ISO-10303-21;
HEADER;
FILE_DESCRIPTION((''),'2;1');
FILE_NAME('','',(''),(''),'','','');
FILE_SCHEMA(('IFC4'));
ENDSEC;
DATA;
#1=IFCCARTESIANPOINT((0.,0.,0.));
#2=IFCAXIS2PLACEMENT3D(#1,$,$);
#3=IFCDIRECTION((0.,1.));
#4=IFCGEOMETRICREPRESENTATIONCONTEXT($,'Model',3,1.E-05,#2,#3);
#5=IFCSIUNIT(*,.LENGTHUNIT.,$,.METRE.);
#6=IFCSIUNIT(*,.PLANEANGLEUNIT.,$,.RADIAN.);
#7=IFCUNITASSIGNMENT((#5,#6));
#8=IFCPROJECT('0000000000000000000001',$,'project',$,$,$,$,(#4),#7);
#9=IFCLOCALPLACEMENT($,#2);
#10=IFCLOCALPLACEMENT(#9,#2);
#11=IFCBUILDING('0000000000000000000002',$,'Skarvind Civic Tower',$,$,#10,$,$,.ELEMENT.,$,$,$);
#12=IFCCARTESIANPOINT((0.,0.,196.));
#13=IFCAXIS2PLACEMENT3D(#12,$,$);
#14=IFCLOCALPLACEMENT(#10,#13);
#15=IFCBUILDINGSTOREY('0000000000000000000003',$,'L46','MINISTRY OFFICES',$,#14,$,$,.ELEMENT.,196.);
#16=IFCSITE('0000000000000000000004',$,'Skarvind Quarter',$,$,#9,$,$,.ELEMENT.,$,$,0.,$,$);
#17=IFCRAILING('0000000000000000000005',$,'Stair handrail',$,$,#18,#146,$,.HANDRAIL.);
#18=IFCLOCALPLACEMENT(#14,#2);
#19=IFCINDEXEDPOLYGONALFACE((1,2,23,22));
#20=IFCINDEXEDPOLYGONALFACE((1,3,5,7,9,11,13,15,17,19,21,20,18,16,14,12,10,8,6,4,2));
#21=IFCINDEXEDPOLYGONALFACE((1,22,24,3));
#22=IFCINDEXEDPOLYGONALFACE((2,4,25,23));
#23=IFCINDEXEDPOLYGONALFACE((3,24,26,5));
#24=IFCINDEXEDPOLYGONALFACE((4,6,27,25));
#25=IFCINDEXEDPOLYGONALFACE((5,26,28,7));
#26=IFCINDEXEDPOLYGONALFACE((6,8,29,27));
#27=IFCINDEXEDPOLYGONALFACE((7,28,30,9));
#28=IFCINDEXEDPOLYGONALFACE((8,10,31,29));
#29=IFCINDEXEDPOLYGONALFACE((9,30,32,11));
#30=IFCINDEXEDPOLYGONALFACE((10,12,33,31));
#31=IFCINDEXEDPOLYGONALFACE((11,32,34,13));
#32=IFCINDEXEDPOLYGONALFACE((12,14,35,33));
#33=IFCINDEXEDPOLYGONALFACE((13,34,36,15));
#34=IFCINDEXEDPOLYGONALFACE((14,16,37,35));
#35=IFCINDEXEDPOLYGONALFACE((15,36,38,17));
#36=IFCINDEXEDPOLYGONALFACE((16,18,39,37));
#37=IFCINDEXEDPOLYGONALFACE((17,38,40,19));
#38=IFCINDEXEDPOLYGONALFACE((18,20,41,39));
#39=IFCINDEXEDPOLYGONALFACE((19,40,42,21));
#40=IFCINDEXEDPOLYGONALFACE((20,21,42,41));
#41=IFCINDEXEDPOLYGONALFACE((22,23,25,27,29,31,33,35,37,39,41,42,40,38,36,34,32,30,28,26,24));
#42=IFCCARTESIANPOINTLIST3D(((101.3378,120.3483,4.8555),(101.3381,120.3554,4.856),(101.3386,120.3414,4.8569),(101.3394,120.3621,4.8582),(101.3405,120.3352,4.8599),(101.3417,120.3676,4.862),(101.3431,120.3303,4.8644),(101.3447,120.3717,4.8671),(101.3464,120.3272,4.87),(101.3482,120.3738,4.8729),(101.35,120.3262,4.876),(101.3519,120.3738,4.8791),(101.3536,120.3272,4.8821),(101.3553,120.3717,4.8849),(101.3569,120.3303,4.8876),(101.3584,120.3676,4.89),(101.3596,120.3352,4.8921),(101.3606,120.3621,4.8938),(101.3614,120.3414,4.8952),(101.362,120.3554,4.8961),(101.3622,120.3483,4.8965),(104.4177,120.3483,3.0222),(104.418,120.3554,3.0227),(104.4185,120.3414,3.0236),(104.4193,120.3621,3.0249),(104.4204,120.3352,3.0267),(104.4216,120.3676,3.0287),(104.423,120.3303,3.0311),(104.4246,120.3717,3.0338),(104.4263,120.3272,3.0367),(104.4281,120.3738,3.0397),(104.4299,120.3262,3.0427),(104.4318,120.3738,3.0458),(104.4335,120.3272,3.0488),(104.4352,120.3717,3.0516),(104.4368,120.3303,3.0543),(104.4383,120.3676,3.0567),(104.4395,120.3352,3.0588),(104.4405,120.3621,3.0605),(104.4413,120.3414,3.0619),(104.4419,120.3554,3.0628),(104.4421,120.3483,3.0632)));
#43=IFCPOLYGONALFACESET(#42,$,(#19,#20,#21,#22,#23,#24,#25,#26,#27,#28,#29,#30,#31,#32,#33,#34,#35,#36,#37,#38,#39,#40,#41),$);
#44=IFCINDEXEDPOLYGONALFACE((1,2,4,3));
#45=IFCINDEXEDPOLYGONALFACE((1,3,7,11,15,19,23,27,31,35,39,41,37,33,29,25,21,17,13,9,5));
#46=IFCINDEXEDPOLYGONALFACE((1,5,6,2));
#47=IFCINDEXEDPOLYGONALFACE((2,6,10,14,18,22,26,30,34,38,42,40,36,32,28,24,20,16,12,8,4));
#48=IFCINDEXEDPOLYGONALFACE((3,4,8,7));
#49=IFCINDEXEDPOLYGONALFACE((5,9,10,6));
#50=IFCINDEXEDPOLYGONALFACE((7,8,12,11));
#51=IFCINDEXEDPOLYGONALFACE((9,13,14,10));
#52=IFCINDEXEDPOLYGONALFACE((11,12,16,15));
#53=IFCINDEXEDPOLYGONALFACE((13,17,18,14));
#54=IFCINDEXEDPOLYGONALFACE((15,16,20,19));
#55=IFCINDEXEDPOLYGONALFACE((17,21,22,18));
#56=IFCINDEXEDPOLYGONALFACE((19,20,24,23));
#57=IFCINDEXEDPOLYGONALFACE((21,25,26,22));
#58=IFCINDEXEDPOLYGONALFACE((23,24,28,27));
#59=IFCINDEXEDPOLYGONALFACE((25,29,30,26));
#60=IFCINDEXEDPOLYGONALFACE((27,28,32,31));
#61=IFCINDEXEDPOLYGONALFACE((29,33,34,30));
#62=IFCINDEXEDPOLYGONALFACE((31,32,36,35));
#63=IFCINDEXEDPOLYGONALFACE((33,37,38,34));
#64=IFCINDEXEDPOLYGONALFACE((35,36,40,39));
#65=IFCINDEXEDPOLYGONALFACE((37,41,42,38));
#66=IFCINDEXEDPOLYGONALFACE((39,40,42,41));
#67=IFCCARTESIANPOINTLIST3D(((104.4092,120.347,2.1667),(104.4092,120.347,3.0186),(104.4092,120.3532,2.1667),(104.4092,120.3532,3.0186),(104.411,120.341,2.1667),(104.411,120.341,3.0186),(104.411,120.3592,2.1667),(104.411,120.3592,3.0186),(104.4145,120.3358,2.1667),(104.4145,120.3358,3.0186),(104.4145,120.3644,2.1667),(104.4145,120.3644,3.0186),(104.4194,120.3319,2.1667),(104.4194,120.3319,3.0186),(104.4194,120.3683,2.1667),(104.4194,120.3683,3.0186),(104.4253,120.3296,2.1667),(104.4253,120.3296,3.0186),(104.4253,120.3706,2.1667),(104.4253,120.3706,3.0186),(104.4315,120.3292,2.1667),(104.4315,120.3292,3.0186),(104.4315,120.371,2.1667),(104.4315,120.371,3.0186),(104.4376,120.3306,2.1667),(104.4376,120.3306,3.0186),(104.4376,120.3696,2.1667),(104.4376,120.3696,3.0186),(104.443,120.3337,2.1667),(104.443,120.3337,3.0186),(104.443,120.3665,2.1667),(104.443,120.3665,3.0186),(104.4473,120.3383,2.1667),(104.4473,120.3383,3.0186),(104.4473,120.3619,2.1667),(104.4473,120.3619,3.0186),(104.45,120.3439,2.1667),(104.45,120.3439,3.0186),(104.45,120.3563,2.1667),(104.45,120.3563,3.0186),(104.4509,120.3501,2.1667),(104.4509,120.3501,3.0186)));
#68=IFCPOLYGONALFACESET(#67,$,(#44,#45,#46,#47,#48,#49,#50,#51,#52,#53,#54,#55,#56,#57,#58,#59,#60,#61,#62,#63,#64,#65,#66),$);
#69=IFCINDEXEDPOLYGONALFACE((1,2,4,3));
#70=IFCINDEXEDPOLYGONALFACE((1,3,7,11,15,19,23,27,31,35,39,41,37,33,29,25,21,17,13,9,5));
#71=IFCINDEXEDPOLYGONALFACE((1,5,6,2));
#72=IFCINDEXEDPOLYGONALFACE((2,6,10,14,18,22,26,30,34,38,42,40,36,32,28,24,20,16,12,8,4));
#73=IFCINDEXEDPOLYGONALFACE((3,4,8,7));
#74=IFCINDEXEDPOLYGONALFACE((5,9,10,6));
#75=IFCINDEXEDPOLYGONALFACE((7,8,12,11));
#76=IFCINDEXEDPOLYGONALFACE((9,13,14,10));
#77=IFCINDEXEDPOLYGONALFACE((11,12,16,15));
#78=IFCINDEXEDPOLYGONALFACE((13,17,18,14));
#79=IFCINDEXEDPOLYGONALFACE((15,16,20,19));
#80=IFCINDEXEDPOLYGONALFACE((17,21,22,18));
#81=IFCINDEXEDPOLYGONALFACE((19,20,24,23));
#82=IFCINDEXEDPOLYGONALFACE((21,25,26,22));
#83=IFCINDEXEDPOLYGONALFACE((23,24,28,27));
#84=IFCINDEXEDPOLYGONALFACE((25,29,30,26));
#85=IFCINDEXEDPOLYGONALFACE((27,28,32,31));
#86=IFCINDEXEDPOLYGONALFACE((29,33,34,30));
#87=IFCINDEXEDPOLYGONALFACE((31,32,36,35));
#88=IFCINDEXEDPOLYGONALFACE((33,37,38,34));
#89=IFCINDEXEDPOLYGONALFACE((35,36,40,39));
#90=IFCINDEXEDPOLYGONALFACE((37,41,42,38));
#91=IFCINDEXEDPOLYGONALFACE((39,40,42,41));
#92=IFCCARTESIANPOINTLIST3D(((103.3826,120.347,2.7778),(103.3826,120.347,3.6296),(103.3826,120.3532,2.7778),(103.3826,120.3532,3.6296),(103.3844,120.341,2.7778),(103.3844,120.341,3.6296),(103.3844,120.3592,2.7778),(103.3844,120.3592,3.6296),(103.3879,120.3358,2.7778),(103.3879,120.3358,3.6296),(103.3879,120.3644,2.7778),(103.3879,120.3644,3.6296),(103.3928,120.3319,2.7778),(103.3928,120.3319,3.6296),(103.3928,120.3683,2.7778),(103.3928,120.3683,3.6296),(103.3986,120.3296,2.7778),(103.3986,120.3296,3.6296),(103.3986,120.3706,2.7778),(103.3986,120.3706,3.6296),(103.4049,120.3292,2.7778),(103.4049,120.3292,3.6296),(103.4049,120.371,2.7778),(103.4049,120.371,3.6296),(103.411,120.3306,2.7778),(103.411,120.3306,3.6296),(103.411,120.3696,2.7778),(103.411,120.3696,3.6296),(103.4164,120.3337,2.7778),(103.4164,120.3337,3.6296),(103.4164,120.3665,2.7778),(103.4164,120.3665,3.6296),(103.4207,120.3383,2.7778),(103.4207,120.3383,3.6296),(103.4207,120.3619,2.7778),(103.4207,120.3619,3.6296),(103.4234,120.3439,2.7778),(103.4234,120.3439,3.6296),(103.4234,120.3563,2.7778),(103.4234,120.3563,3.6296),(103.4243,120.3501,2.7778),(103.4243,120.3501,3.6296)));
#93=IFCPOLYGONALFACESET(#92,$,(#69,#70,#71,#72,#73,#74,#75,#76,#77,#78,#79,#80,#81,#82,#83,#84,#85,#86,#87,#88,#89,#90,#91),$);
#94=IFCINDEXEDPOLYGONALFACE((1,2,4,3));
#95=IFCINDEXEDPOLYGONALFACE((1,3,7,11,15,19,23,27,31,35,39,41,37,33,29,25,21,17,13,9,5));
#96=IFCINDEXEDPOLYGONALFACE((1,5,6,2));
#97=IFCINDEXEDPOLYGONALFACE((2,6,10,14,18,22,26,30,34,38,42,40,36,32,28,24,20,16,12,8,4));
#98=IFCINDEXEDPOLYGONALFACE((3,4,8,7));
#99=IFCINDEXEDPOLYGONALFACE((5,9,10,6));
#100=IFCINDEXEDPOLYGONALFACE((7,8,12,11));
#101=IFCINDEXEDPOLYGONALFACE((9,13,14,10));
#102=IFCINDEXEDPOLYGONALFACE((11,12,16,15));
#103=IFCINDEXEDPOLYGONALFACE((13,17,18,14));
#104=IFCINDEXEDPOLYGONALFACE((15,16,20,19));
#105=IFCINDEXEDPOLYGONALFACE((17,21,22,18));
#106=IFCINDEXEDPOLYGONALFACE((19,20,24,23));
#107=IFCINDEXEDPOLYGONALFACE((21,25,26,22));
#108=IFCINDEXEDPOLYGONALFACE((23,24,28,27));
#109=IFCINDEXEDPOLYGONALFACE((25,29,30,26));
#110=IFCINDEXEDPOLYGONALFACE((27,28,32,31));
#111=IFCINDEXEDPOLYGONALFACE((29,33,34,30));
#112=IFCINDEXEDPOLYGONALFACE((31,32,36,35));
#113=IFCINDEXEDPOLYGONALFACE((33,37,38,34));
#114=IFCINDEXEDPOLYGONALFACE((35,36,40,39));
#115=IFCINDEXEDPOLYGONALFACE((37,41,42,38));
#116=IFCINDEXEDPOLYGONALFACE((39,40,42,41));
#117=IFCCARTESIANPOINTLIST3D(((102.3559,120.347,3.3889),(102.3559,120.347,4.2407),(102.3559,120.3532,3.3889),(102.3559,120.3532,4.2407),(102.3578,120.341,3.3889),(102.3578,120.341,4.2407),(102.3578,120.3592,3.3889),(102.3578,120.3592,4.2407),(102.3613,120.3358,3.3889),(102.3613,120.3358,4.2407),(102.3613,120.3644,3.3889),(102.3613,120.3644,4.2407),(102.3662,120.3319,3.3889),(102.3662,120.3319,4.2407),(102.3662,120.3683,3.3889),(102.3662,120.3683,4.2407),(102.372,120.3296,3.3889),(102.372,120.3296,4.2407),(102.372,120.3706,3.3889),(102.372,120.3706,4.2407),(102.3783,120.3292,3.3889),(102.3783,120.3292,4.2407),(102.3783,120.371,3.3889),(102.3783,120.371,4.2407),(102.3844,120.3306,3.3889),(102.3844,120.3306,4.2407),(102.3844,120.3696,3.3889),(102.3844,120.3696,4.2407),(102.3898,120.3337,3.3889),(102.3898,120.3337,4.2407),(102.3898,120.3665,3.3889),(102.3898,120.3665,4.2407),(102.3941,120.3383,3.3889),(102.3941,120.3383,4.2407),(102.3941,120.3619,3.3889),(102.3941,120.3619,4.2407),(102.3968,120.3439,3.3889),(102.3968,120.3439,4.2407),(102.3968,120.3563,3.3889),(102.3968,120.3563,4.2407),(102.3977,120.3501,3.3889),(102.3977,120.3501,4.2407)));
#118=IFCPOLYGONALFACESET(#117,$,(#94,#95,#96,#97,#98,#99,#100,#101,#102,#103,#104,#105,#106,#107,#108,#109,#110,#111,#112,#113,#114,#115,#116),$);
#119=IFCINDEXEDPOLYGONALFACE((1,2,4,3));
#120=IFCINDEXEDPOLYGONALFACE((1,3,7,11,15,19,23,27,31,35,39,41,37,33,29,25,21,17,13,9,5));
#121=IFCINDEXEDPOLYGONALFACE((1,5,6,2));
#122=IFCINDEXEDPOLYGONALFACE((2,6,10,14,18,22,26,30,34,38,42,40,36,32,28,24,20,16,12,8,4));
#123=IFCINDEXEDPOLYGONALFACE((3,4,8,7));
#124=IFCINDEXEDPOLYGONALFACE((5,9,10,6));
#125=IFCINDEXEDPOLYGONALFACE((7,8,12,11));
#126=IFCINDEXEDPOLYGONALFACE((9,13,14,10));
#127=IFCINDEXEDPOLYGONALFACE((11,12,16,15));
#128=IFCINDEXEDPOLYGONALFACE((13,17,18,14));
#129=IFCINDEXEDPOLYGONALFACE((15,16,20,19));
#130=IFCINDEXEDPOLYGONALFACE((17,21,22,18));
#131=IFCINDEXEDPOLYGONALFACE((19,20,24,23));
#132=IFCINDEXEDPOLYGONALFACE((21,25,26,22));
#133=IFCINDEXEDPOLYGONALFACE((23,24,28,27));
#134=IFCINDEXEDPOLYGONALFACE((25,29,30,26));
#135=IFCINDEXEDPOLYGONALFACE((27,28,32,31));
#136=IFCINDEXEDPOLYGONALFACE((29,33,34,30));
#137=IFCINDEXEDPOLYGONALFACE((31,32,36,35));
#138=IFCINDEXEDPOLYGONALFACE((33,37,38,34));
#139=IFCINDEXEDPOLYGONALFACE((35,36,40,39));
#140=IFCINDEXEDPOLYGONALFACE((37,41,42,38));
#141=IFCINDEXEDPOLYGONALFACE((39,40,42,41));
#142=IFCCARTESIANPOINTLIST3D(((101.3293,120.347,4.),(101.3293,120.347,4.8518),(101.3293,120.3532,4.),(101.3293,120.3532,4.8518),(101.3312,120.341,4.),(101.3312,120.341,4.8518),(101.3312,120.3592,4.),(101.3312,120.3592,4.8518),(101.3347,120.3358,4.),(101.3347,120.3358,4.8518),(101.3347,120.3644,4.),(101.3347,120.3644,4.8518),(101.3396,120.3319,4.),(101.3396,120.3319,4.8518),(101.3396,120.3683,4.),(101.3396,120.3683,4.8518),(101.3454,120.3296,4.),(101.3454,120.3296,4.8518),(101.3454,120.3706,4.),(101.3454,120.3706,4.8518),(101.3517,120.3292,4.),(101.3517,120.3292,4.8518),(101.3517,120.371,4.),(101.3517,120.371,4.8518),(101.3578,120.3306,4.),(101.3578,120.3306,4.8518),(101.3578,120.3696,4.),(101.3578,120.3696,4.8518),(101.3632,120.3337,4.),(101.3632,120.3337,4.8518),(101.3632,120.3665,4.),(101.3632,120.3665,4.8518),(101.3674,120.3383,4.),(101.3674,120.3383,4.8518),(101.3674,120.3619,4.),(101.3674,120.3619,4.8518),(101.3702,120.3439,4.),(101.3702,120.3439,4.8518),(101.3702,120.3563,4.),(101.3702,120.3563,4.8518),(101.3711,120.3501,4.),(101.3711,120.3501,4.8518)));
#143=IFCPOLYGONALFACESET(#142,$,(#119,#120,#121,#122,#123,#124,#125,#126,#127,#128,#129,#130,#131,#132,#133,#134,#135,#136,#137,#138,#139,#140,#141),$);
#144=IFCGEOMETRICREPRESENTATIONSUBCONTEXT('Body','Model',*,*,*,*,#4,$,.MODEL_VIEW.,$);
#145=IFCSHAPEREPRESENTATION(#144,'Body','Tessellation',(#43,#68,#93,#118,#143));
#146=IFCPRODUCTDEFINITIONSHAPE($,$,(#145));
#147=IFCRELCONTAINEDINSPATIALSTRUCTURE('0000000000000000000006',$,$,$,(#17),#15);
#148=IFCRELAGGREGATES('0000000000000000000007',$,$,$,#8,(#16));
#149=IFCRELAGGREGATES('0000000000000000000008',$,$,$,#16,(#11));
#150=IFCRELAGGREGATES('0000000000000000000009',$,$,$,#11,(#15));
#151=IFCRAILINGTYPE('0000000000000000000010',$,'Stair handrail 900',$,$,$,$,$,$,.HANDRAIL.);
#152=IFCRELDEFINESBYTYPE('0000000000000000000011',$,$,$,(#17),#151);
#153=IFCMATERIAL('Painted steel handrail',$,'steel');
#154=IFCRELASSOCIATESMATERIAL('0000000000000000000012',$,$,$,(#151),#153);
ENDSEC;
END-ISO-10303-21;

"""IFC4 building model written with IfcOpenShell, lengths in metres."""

from ifc_helpers import new_model, si_unit, direction, frame, origin, origin_2d, place, context, subcontext, project, spatial, circle, extrude, material, type_object, element, save


model = new_model("IFC4")

# Units and contexts
model_context = context("Model", 3, precision=1e-05, world=origin(), true_north=direction((0.0, 1.0)))
body_context = subcontext(model_context, "Body", "Model", "MODEL_VIEW")
ifc_project = project(units=[si_unit("LENGTHUNIT", "METRE"), si_unit("PLANEANGLEUNIT", "RADIAN")], contexts=[model_context])

# Site, building, storey
site_placement = place(None, origin())
site = spatial("IfcSite", under=ifc_project, at=site_placement, Name="Skarvind Quarter", CompositionType="ELEMENT", RefElevation=0.0)
building_placement = place(site_placement, origin())
building = spatial("IfcBuilding", under=site, at=building_placement, Name="Skarvind Civic Tower", CompositionType="ELEMENT")
storey_placement = place(building_placement, frame((0.0, 0.0, 196.0)))
storey = spatial("IfcBuildingStorey", under=building, at=storey_placement, Name="L46", Description="MINISTRY OFFICES", CompositionType="ELEMENT", Elevation=196.0)

# Railing
ifc_material_1 = material(Name="Painted steel handrail", Category="steel")
railing_type = type_object("IfcRailingType", Name="Stair handrail 900", PredefinedType="HANDRAIL", material=ifc_material_1)
railing_1_placement = place(storey_placement, frame((104.4299, 120.3501, 2.1667)))
element("IfcRailing", 1, at=railing_1_placement, inside=storey, type_object=railing_type, Name="Stair handrail", PredefinedType="HANDRAIL", context=body_context, shape_type="SweptSolid", body=[
    extrude(circle(Radius=0.0239, at=origin_2d()), frame((0.0, 0.0, 0.876), z_axis=(-0.859291, 0.0, 0.511487), x_axis=(0.0, -1.0, 0.0)), (0.0, 0.0, 1.0), 3.5842),
    extrude(circle(Radius=0.021, at=origin_2d()), origin(), (0.0, 0.0, 1.0), 0.8518),
    extrude(circle(Radius=0.021, at=origin_2d()), frame((-1.0266, 0.0, 0.6111)), (0.0, 0.0, 1.0), 0.8518),
    extrude(circle(Radius=0.021, at=origin_2d()), frame((-2.0532, 0.0, 1.2222)), (0.0, 0.0, 1.0), 0.8518),
    extrude(circle(Radius=0.021, at=origin_2d()), frame((-3.0798, 0.0, 1.8333)), (0.0, 0.0, 1.0), 0.8518),
])

save(model, "model.ifc")
